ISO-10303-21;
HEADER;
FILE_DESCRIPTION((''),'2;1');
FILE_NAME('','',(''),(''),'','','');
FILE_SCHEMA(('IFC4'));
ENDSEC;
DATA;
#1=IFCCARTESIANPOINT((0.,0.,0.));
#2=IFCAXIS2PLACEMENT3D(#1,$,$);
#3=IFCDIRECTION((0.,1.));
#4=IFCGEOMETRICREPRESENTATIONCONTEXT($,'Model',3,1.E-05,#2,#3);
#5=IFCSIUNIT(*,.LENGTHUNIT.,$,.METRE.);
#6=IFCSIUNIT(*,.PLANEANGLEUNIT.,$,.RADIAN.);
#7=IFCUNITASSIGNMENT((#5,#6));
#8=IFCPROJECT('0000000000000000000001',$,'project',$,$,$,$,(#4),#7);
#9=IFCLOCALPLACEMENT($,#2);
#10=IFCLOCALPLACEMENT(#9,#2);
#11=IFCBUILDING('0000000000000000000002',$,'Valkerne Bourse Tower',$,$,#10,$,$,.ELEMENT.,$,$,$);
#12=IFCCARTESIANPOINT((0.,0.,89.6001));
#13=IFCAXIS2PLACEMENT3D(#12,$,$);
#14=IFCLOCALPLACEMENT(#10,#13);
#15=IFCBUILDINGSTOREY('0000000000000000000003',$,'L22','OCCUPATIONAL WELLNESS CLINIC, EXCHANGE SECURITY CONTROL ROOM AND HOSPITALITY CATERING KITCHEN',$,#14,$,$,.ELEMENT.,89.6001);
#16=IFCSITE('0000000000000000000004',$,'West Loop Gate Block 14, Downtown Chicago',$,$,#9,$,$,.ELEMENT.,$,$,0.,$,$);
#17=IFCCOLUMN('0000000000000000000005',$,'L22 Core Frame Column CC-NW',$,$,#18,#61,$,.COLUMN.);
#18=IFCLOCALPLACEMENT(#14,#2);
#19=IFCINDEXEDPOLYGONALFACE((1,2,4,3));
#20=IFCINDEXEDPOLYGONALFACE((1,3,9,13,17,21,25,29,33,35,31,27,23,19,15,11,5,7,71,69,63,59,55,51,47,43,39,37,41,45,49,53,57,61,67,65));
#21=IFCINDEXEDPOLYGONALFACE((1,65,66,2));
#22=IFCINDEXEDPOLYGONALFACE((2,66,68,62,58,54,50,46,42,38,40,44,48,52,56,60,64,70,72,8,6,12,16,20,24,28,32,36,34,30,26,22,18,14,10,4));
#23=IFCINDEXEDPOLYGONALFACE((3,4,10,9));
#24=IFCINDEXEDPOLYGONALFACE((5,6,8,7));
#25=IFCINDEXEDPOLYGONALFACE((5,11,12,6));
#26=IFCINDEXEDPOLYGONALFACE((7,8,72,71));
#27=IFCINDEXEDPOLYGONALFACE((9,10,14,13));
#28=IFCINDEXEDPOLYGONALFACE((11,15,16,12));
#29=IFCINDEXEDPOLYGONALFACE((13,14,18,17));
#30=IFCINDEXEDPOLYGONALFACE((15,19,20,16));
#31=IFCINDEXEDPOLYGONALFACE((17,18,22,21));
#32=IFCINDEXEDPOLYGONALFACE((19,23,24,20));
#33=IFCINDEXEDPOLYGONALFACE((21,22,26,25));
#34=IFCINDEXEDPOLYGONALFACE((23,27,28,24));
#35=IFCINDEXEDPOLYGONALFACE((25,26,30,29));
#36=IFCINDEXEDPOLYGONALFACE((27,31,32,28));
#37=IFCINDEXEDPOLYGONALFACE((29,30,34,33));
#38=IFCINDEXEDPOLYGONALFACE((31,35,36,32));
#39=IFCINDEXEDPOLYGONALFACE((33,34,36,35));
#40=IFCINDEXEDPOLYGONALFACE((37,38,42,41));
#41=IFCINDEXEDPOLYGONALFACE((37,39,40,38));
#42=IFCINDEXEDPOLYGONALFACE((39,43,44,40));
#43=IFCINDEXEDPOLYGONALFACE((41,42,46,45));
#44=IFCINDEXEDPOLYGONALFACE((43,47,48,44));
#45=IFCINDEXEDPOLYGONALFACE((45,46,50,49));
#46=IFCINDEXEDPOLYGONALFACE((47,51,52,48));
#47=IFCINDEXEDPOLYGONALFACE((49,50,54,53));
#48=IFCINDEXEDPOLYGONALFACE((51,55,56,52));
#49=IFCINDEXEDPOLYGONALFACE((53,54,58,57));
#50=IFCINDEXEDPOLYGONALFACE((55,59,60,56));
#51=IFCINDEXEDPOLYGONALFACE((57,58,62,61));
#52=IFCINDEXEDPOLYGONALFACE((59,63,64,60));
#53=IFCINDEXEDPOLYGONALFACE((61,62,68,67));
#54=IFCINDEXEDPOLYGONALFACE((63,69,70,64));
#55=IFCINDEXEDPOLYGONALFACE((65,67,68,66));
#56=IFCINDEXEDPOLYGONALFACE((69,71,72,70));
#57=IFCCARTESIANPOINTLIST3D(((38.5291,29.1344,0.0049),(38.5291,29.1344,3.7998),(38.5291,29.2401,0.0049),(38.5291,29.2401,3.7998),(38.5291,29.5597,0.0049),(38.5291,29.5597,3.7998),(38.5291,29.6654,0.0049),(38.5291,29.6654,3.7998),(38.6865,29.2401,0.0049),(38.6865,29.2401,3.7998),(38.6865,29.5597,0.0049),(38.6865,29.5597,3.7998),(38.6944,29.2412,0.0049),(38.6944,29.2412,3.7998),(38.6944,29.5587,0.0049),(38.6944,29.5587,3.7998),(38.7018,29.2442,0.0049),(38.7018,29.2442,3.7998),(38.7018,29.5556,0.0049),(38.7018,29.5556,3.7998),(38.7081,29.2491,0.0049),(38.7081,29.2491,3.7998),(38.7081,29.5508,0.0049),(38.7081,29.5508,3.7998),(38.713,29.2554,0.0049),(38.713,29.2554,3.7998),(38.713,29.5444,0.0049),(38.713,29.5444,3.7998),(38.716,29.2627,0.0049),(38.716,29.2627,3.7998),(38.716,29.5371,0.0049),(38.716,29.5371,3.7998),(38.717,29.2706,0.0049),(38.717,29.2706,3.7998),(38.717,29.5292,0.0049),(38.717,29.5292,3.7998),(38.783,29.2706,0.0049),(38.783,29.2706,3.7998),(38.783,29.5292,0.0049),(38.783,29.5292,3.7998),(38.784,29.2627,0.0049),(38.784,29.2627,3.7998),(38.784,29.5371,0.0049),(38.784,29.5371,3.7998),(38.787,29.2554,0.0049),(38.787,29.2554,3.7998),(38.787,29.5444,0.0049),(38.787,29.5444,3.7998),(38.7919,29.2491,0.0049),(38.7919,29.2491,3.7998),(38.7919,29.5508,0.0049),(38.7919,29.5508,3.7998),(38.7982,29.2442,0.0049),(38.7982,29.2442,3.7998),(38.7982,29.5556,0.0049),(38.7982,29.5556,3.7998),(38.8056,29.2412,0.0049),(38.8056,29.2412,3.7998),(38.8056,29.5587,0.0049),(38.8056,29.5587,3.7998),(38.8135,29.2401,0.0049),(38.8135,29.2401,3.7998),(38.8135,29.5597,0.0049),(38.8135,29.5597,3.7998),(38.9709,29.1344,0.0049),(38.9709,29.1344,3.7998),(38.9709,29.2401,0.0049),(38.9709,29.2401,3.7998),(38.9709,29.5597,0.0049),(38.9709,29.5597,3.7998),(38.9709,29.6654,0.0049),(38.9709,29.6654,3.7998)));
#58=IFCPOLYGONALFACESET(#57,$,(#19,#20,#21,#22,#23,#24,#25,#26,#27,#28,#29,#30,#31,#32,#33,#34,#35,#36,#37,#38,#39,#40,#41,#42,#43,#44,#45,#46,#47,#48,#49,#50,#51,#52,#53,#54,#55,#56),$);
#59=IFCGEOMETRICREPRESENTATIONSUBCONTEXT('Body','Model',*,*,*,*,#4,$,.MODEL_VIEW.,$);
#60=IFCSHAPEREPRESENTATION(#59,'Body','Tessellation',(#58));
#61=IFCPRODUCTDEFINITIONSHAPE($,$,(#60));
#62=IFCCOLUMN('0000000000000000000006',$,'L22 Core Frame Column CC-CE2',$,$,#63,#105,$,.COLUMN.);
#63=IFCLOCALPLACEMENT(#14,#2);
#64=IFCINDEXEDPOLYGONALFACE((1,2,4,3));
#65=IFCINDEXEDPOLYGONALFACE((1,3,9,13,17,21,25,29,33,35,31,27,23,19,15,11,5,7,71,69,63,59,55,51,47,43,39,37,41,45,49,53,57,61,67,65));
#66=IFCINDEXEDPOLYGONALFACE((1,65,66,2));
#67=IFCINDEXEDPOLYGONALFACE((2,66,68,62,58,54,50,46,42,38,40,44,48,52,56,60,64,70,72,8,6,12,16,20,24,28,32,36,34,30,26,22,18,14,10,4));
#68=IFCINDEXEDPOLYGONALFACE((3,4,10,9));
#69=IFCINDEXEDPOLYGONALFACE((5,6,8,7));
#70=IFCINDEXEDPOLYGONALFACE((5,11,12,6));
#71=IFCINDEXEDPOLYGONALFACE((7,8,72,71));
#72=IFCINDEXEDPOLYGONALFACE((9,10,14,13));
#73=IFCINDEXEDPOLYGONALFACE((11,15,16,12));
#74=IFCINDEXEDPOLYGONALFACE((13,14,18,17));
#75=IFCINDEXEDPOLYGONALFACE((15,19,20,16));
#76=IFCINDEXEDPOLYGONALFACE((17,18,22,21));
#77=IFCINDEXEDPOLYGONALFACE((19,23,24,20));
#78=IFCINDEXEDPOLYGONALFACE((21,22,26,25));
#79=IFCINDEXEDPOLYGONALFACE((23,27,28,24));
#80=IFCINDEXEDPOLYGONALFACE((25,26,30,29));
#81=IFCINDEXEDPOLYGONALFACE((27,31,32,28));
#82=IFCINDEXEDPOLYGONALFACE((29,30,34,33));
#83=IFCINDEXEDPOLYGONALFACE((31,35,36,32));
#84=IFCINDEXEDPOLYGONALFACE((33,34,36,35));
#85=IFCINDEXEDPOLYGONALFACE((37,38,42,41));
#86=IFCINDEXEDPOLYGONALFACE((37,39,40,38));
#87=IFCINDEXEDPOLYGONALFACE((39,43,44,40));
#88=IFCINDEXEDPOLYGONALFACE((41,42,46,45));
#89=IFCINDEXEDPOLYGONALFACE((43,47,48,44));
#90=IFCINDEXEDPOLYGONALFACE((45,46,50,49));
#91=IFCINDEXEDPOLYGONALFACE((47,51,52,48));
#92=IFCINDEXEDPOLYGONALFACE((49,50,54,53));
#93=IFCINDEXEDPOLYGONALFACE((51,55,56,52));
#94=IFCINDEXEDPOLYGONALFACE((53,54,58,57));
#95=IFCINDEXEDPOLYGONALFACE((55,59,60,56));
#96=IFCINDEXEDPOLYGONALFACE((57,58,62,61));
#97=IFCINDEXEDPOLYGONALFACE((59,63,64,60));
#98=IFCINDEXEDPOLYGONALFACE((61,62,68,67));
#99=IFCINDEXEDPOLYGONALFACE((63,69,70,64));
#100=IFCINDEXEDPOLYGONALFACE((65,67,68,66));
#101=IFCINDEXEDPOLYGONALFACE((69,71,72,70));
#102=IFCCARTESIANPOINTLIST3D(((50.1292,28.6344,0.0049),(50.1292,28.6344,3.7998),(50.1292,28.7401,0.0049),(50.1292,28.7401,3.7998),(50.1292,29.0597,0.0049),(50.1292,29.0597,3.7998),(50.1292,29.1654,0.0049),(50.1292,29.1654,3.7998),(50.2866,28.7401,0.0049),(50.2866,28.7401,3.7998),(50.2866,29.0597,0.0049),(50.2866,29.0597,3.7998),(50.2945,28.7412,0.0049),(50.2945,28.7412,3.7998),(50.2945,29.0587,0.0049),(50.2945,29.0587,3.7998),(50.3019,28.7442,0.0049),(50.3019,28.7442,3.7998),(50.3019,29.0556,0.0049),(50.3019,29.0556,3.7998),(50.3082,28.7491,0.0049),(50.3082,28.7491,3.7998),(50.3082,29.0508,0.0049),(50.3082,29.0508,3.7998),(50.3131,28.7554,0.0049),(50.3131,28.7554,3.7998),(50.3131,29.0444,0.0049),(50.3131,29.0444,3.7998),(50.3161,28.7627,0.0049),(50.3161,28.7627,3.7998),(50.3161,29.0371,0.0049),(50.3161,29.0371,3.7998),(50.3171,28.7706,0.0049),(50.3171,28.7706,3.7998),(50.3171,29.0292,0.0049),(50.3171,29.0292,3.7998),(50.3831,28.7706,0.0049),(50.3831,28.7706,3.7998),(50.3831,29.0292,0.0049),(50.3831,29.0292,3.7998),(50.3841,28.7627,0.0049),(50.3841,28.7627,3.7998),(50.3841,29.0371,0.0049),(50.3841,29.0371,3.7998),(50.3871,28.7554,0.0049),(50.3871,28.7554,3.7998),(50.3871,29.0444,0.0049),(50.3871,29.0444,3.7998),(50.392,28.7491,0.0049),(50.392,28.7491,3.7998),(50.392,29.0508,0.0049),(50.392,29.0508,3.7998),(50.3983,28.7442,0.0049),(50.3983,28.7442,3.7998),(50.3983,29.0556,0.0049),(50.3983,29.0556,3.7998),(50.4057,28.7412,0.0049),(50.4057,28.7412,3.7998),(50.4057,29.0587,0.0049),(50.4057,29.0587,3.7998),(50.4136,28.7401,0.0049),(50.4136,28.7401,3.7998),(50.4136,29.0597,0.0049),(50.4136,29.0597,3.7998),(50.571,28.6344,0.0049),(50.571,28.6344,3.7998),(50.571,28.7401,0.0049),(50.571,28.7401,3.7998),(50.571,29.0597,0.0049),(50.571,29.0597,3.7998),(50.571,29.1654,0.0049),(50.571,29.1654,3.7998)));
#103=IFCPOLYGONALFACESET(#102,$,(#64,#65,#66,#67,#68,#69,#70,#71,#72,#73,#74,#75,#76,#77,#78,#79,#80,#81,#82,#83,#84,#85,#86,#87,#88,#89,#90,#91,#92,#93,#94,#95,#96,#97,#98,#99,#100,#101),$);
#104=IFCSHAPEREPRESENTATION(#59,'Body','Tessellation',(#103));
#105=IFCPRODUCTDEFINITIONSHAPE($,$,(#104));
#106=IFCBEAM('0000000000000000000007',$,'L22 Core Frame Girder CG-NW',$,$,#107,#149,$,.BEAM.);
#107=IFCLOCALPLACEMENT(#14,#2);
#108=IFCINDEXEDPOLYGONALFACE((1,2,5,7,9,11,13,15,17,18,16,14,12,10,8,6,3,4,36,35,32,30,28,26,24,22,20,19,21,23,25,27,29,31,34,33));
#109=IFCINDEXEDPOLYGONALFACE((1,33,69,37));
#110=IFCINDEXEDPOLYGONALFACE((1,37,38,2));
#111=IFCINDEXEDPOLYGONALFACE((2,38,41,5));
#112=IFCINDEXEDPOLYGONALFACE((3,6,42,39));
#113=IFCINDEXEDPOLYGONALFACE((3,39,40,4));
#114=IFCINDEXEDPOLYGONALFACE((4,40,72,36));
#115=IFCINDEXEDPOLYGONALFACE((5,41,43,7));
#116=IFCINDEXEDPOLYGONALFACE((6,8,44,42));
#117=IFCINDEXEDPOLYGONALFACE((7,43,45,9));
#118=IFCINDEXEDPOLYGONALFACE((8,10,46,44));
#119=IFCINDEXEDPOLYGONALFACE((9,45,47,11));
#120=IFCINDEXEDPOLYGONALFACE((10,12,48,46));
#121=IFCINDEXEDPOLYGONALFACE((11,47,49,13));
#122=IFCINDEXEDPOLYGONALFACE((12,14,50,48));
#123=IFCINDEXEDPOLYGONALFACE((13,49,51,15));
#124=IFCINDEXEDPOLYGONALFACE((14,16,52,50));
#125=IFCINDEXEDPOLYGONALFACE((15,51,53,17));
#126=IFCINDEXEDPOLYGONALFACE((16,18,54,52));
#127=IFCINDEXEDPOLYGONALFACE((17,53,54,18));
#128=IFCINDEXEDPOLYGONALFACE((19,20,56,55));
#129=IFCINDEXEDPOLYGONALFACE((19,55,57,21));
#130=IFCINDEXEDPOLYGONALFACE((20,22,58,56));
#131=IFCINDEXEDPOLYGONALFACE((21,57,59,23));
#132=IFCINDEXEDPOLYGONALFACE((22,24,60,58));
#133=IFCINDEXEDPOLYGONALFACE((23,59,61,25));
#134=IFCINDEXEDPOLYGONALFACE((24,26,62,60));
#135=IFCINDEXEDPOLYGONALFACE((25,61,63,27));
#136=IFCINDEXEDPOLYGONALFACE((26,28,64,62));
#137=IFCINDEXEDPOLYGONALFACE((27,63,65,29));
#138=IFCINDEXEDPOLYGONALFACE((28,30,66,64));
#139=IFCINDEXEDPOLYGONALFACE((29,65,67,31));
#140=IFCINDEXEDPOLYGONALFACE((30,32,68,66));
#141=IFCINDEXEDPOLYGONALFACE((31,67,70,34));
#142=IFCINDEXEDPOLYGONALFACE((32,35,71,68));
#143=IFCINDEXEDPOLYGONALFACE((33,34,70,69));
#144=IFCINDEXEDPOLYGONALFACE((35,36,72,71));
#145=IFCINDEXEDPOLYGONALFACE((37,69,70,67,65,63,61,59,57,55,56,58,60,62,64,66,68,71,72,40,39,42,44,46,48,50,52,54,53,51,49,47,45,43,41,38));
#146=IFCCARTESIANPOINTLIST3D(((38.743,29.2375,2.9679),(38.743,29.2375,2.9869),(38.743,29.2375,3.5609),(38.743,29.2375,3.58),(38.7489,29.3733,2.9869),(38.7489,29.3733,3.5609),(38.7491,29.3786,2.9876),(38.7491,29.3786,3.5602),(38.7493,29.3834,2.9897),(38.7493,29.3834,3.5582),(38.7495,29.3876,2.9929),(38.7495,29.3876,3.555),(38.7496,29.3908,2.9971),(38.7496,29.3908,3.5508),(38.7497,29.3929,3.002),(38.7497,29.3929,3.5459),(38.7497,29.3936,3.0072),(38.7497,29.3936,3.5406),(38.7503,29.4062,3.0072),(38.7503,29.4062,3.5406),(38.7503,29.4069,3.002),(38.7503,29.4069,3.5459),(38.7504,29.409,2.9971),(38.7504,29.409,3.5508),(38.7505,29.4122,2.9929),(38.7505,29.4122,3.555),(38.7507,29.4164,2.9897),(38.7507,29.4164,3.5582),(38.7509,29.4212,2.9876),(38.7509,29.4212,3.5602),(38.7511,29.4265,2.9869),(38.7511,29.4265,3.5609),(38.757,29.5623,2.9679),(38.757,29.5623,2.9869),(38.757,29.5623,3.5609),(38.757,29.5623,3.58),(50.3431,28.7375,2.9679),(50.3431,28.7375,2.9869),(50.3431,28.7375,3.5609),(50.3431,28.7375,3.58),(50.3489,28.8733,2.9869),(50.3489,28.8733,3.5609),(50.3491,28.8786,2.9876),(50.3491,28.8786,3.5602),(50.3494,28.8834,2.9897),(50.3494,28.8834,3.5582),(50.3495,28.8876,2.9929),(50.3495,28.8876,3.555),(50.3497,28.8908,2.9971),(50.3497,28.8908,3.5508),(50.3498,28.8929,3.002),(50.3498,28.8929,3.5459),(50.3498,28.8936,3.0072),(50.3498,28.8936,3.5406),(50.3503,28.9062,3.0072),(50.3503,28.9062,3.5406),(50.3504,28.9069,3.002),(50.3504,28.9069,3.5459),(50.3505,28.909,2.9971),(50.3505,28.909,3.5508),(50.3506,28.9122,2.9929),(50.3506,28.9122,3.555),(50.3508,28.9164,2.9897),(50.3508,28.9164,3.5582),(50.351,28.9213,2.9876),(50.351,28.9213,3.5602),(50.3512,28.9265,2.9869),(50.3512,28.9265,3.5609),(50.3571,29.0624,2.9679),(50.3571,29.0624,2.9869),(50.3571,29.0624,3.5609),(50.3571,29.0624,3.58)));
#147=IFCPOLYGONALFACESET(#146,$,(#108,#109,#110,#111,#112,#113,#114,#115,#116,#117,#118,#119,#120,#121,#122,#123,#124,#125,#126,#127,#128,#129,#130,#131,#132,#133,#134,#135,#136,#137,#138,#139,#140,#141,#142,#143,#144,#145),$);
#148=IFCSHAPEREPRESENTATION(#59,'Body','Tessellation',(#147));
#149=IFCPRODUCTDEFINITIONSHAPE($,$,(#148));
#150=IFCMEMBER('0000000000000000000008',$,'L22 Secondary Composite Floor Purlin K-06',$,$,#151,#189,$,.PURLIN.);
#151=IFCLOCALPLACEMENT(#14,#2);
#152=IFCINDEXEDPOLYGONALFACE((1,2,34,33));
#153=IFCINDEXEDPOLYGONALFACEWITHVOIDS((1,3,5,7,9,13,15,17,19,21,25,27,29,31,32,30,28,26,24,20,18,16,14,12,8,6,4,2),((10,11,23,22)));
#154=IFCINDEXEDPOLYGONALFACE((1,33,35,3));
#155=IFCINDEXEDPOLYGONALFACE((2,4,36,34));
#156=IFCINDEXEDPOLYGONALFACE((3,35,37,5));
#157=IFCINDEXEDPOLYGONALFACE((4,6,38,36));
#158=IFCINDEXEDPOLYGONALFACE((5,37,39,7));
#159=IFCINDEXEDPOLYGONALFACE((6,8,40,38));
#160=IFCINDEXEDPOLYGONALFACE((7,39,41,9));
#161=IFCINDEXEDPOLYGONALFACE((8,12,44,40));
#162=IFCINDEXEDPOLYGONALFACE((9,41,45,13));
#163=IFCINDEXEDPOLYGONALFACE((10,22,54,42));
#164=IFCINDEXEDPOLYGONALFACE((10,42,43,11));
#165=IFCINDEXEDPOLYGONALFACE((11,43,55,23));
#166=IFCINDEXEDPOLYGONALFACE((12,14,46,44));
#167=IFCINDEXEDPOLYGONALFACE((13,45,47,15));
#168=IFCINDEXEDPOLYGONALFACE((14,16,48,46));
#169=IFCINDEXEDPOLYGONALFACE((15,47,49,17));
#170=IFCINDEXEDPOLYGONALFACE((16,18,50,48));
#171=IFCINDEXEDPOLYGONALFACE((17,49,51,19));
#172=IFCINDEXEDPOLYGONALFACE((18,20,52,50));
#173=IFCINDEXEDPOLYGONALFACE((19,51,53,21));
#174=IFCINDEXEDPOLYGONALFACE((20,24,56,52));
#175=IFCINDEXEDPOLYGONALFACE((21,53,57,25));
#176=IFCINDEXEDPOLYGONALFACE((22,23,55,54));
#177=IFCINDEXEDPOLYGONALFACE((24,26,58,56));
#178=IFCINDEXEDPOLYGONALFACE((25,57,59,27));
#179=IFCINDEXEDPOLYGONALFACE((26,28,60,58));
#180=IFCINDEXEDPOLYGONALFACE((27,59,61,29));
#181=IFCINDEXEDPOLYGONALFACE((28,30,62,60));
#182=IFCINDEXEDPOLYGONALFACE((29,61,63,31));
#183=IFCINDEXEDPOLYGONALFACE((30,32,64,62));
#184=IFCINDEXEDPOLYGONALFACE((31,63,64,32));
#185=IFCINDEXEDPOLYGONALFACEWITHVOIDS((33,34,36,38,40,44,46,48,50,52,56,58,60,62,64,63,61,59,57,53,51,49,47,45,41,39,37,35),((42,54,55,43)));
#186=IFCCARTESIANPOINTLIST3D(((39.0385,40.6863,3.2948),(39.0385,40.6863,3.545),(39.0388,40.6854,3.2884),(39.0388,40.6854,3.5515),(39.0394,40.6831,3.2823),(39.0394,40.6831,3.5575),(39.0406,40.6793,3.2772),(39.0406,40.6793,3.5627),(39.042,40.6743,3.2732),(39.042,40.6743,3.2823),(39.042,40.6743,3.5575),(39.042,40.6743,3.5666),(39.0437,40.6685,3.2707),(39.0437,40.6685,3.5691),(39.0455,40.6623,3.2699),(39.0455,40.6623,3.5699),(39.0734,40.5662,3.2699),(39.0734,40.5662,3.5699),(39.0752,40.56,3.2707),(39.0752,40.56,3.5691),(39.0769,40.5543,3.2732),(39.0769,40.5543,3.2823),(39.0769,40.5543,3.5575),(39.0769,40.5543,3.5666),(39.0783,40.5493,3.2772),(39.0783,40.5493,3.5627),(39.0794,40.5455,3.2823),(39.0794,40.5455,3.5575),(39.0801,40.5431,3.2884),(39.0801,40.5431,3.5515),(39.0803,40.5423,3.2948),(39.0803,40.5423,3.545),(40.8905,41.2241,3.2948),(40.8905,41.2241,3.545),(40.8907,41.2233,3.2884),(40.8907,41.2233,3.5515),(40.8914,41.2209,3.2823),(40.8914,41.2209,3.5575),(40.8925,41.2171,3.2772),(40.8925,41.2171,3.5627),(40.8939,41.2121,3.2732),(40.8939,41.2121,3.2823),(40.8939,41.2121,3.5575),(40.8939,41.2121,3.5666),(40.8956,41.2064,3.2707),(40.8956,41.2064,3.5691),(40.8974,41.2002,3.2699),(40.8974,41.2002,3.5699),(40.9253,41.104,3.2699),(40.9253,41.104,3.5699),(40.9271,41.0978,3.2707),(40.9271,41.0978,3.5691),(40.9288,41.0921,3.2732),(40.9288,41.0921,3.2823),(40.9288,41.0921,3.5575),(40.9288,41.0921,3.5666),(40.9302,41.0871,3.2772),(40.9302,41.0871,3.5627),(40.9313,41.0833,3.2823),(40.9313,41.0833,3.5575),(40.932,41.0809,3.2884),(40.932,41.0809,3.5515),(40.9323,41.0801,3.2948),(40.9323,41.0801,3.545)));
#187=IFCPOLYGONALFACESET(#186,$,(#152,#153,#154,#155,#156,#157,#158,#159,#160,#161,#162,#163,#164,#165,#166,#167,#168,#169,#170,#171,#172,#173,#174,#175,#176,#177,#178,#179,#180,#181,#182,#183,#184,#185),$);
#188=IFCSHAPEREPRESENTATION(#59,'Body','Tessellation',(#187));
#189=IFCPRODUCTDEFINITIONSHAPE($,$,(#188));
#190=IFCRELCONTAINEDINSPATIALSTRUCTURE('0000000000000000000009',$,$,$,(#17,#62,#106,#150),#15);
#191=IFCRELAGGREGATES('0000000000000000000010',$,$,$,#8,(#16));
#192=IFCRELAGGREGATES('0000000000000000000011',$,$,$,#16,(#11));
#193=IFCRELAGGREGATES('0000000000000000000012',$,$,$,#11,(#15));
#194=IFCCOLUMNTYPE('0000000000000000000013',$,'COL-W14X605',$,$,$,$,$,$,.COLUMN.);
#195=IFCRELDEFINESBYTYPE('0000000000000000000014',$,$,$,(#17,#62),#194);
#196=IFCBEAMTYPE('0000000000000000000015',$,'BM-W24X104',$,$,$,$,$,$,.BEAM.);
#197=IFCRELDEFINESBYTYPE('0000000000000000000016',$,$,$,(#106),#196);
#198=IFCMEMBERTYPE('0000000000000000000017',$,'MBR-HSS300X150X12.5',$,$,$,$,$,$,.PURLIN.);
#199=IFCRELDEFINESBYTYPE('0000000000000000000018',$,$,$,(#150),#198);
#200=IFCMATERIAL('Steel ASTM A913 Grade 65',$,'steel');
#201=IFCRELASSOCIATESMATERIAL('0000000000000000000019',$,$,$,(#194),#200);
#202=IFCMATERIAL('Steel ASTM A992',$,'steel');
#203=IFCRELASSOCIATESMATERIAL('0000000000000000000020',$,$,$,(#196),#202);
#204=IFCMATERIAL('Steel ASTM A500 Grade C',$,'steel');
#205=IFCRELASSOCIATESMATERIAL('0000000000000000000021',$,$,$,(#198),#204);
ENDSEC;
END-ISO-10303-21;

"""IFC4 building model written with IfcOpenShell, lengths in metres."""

from ifc_helpers import new_model, si_unit, direction, frame, origin, origin_2d, place, context, subcontext, project, spatial, hollow_rectangle, i_section, extrude, material, material_profile, profile_set, type_object, element, save


model = new_model("IFC4")

# Units and contexts
model_context = context("Model", 3, precision=1e-05, world=origin(), true_north=direction((0.0, 1.0)))
body_context = subcontext(model_context, "Body", "Model", "MODEL_VIEW")
ifc_project = project(units=[si_unit("LENGTHUNIT", "METRE"), si_unit("PLANEANGLEUNIT", "RADIAN")], contexts=[model_context])

# Site, building, storey
site_placement = place(None, origin())
site = spatial("IfcSite", under=ifc_project, at=site_placement, Name="West Loop Gate Block 14, Downtown Chicago", CompositionType="ELEMENT", RefElevation=0.0)
building_placement = place(site_placement, origin())
building = spatial("IfcBuilding", under=site, at=building_placement, Name="Valkerne Bourse Tower", CompositionType="ELEMENT")
storey_placement = place(building_placement, frame((0.0, 0.0, 89.6001)))
storey = spatial("IfcBuildingStorey", under=building, at=storey_placement, Name="L22", Description="OCCUPATIONAL WELLNESS CLINIC, EXCHANGE SECURITY CONTROL ROOM AND HOSPITALITY CATERING KITCHEN", CompositionType="ELEMENT", Elevation=89.6001)

# Columns
ifc_material_1 = material(Name="Steel ASTM A913 Grade 65", Category="steel")
ifc_material_profile_1 = material_profile(ifc_material_1, i_section(OverallWidth=0.4419, OverallDepth=0.531, WebThickness=0.0659, FlangeThickness=0.1057, FilletRadius=0.0305, at=origin_2d()), Name="W14X605")
ifc_profile_set_1 = profile_set([ifc_material_profile_1], Name="Steel ASTM A913 Grade 65")
column_type = type_object("IfcColumnType", Name="COL-W14X605", PredefinedType="COLUMN", material=ifc_profile_set_1)
for number, where, z_axis, x_axis, name in (
    (1, (38.75, 29.3999, 0.0049), (0.0, 0.0, 1.0), (1.0, 0.0, 0.0), "L22 Core Frame Column CC-NW"),
    (2, (50.3501, 28.8999, 0.0049), (0.0, 0.0, 1.0), (1.0, 0.0, 0.0), "L22 Core Frame Column CC-CE2"),
):
    element("IfcColumn", number, at=place(storey_placement, frame(where, z_axis=z_axis, x_axis=x_axis)), inside=storey, type_object=column_type, Name=name, PredefinedType="COLUMN", context=body_context, shape_type="SweptSolid", body=[
        extrude(i_section(OverallWidth=0.4419, OverallDepth=0.531, WebThickness=0.0659, FlangeThickness=0.1057, FilletRadius=0.0305, at=origin_2d()), origin(), (0.0, 0.0, 1.0), 3.7949),
    ])

# Beam
ifc_material_2 = material(Name="Steel ASTM A992", Category="steel")
ifc_material_profile_2 = material_profile(ifc_material_2, i_section(OverallWidth=0.3252, OverallDepth=0.6121, WebThickness=0.0127, FlangeThickness=0.019, FilletRadius=0.0203, at=origin_2d()), Name="W24X104")
ifc_profile_set_2 = profile_set([ifc_material_profile_2], Name="Steel ASTM A992")
beam_type = type_object("IfcBeamType", Name="BM-W24X104", PredefinedType="BEAM", material=ifc_profile_set_2)
beam_placement = place(storey_placement, frame((38.75, 29.3999, 3.2739), z_axis=(0.999072, -0.043063, 0.0), x_axis=(0.043063, 0.999072, 0.0)))
element("IfcBeam", 3, at=beam_placement, inside=storey, type_object=beam_type, Name="L22 Core Frame Girder CG-NW", PredefinedType="BEAM", context=body_context, shape_type="SweptSolid", body=[
    extrude(i_section(OverallWidth=0.3252, OverallDepth=0.6121, WebThickness=0.0127, FlangeThickness=0.019, FilletRadius=0.0203, at=origin_2d()), origin(), (0.0, 0.0, 1.0), 11.6108),
])

# Member
ifc_material_3 = material(Name="Steel ASTM A500 Grade C", Category="steel")
ifc_material_profile_3 = material_profile(ifc_material_3, hollow_rectangle(XDim=0.1499, YDim=0.3, WallThickness=0.0125, OuterFilletRadius=0.0249, at=origin_2d()), Name="HSS300X150X12.5")
ifc_profile_set_3 = profile_set([ifc_material_profile_3], Name="Steel ASTM A500 Grade C")
member_type = type_object("IfcMemberType", Name="MBR-HSS300X150X12.5", PredefinedType="PURLIN", material=ifc_profile_set_3)
for number, where, z_axis, x_axis, name in (
    (4, (40.9114, 41.1521, 3.4199), (-0.960325, -0.278882, 0.0), (0.278882, -0.960325, 0.0), "L22 Secondary Composite Floor Purlin K-06"),
):
    element("IfcMember", number, at=place(storey_placement, frame(where, z_axis=z_axis, x_axis=x_axis)), inside=storey, type_object=member_type, Name=name, PredefinedType="PURLIN", context=body_context, shape_type="SweptSolid", body=[
        extrude(hollow_rectangle(XDim=0.1499, YDim=0.3, WallThickness=0.0125, OuterFilletRadius=0.0249, at=origin_2d()), origin(), (0.0, 0.0, 1.0), 1.9285),
    ])

save(model, "model.ifc")
